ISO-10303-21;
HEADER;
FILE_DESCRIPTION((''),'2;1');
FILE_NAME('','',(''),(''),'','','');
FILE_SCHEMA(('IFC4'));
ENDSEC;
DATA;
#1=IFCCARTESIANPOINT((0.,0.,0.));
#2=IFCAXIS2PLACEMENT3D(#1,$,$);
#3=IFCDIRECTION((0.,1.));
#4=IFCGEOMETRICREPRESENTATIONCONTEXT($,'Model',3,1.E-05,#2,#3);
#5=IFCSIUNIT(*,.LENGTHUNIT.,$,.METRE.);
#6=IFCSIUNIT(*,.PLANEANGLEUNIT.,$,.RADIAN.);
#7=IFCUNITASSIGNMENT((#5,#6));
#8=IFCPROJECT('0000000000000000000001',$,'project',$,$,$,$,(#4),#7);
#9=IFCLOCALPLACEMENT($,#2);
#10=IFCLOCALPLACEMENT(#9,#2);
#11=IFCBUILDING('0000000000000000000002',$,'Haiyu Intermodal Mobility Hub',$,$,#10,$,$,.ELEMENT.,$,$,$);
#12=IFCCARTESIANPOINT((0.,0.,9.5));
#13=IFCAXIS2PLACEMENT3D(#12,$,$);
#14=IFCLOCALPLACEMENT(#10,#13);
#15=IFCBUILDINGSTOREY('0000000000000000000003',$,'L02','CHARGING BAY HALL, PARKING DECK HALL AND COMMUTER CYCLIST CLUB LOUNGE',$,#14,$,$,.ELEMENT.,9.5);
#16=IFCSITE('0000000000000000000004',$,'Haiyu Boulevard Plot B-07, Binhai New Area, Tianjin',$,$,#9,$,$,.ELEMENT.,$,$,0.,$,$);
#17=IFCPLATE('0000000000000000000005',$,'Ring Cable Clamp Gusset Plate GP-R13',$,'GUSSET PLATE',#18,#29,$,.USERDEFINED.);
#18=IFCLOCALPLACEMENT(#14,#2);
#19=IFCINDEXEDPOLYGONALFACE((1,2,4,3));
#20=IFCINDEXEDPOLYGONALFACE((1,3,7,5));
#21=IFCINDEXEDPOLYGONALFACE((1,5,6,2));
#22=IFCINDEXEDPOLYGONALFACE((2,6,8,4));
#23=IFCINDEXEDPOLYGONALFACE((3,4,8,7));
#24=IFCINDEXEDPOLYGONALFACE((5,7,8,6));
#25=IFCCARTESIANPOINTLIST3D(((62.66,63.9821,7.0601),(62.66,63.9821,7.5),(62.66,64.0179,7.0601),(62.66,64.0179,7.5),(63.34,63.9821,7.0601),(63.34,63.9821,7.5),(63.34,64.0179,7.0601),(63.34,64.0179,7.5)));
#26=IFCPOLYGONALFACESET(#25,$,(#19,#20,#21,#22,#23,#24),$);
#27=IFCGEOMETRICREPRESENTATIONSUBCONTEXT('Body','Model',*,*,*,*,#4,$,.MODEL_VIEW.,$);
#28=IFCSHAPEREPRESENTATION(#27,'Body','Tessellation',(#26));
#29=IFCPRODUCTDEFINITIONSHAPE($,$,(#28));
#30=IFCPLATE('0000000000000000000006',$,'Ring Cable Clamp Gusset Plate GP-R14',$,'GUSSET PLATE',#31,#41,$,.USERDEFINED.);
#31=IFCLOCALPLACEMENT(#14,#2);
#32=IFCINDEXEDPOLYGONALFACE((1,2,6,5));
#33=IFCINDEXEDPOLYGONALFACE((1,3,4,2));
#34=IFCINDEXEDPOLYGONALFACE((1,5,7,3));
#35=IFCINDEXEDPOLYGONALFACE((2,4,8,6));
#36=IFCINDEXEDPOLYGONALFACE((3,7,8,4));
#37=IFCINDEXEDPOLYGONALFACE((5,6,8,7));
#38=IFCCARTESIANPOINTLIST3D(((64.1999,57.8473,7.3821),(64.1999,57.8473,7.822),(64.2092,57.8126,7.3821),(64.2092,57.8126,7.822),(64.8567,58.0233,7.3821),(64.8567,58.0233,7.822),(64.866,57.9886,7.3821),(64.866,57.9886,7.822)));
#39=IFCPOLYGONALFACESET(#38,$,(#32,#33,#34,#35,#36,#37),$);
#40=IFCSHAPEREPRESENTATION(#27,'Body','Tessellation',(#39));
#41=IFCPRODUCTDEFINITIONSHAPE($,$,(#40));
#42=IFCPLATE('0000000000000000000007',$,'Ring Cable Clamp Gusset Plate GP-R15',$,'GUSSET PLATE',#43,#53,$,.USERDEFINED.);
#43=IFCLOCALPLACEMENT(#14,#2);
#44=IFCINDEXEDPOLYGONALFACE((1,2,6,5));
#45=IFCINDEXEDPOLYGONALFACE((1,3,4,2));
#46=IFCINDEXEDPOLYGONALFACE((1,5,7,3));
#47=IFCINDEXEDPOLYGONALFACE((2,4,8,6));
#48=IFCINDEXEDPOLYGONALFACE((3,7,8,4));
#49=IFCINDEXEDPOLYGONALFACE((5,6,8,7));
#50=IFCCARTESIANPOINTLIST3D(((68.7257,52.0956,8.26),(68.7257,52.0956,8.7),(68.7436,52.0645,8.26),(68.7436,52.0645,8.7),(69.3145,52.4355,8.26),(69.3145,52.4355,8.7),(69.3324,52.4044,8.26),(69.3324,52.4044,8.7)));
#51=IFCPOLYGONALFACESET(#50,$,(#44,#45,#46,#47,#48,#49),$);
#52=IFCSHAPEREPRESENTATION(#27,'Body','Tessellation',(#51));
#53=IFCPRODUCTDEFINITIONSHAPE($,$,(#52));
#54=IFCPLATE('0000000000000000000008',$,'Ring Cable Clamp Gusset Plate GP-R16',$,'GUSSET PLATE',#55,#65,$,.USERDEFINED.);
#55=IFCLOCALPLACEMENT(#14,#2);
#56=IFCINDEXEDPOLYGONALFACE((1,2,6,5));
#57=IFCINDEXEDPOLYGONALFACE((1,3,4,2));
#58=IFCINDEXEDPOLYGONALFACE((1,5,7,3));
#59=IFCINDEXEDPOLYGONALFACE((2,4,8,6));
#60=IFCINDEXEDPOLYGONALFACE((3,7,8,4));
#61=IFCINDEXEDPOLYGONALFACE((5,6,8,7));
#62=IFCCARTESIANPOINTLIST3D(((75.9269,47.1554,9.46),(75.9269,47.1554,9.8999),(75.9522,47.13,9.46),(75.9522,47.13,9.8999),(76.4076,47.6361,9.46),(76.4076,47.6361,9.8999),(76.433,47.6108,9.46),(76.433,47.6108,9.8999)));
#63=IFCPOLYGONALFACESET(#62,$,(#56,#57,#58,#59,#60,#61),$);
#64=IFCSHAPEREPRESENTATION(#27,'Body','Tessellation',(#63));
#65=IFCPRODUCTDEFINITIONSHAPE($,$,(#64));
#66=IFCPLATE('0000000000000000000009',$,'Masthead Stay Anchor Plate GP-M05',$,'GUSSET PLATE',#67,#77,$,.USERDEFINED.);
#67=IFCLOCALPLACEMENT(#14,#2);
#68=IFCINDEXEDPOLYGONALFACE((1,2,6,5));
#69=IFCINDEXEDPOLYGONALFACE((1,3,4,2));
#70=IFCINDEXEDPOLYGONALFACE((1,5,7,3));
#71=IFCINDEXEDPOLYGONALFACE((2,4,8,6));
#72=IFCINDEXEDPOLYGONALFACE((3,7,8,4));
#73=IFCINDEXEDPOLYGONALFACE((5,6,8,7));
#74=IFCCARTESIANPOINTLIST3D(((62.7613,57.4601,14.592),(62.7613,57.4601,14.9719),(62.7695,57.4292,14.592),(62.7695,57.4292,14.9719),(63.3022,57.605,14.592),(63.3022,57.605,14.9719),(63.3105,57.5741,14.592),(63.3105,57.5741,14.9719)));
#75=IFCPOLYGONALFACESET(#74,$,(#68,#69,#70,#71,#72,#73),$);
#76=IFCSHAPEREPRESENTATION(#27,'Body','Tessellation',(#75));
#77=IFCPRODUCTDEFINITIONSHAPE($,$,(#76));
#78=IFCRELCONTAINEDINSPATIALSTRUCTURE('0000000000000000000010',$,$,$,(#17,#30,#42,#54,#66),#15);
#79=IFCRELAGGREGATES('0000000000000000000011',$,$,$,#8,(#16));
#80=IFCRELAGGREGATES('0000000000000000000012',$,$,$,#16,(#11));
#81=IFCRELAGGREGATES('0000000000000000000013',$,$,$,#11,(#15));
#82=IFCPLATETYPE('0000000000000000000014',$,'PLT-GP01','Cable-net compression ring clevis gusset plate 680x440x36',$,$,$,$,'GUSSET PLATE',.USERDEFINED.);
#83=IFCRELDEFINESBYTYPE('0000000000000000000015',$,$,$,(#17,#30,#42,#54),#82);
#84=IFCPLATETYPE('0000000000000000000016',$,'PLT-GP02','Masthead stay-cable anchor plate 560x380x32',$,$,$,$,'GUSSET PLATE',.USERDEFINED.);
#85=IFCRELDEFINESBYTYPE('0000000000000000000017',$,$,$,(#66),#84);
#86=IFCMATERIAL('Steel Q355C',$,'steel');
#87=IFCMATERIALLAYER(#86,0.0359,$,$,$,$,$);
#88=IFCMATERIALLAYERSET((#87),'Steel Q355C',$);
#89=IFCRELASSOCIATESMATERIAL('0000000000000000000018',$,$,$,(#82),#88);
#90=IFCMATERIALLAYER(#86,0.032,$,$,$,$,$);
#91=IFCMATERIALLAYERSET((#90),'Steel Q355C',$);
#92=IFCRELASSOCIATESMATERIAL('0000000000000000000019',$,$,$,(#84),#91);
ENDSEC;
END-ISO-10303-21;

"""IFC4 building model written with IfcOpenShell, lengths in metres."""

from ifc_helpers import new_model, si_unit, direction, frame, origin, origin_2d, place, context, subcontext, project, spatial, rectangle, extrude, material, layer, layer_set, type_object, element, save


model = new_model("IFC4")

# Units and contexts
model_context = context("Model", 3, precision=1e-05, world=origin(), true_north=direction((0.0, 1.0)))
body_context = subcontext(model_context, "Body", "Model", "MODEL_VIEW")
ifc_project = project(units=[si_unit("LENGTHUNIT", "METRE"), si_unit("PLANEANGLEUNIT", "RADIAN")], contexts=[model_context])

# Site, building, storey
site_placement = place(None, origin())
site = spatial("IfcSite", under=ifc_project, at=site_placement, Name="Haiyu Boulevard Plot B-07, Binhai New Area, Tianjin", CompositionType="ELEMENT", RefElevation=0.0)
building_placement = place(site_placement, origin())
building = spatial("IfcBuilding", under=site, at=building_placement, Name="Haiyu Intermodal Mobility Hub", CompositionType="ELEMENT")
storey_placement = place(building_placement, frame((0.0, 0.0, 9.5)))
storey = spatial("IfcBuildingStorey", under=building, at=storey_placement, Name="L02", Description="CHARGING BAY HALL, PARKING DECK HALL AND COMMUTER CYCLIST CLUB LOUNGE", CompositionType="ELEMENT", Elevation=9.5)

# Shared definitions
ifc_material_1 = material(Name="Steel Q355C", Category="steel")

# Plates
ifc_layer_1 = layer(ifc_material_1, 0.0359)
ifc_layer_set_1 = layer_set([ifc_layer_1], Name="Steel Q355C")
plate_type_1 = type_object("IfcPlateType", Name="PLT-GP01", Description="Cable-net compression ring clevis gusset plate 680x440x36", ElementType="GUSSET PLATE", PredefinedType="USERDEFINED", material=ifc_layer_set_1)
for number, where, z_axis, x_axis, name in (
    (1, (63.0, 64.0, 7.0601), (0.0, 0.0, 1.0), (-1.0, 0.0, 0.0), "Ring Cable Clamp Gusset Plate GP-R13"),
    (2, (64.533, 57.918, 7.3821), (0.0, 0.0, 1.0), (-0.965926, -0.258819, 0.0), "Ring Cable Clamp Gusset Plate GP-R14"),
    (3, (69.0291, 52.25, 8.26), (0.0, 0.0, 1.0), (-0.866025, -0.5, 0.0), "Ring Cable Clamp Gusset Plate GP-R15"),
    (4, (76.1799, 47.3831, 9.46), (0.0, 0.0, 1.0), (-0.707107, -0.707107, 0.0), "Ring Cable Clamp Gusset Plate GP-R16"),
):
    element("IfcPlate", number, at=place(storey_placement, frame(where, z_axis=z_axis, x_axis=x_axis)), inside=storey, type_object=plate_type_1, Name=name, ObjectType="GUSSET PLATE", PredefinedType="USERDEFINED", context=body_context, shape_type="SweptSolid", body=[
        extrude(rectangle(XDim=0.6799, YDim=0.0359, at=origin_2d()), origin(), (0.0, 0.0, 1.0), 0.4399),
    ])
ifc_layer_2 = layer(ifc_material_1, 0.032)
ifc_layer_set_2 = layer_set([ifc_layer_2], Name="Steel Q355C")
plate_type_2 = type_object("IfcPlateType", Name="PLT-GP02", Description="Masthead stay-cable anchor plate 560x380x32", ElementType="GUSSET PLATE", PredefinedType="USERDEFINED", material=ifc_layer_set_2)
plate_placement = place(storey_placement, frame((63.0359, 57.5171, 14.592), z_axis=(0.0, 0.0, 1.0), x_axis=(-0.965926, -0.258819, 0.0)))
element("IfcPlate", 5, at=plate_placement, inside=storey, type_object=plate_type_2, Name="Masthead Stay Anchor Plate GP-M05", ObjectType="GUSSET PLATE", PredefinedType="USERDEFINED", context=body_context, shape_type="SweptSolid", body=[
    extrude(rectangle(XDim=0.5601, YDim=0.032, at=origin_2d()), origin(), (0.0, 0.0, 1.0), 0.3799),
])

save(model, "model.ifc")
